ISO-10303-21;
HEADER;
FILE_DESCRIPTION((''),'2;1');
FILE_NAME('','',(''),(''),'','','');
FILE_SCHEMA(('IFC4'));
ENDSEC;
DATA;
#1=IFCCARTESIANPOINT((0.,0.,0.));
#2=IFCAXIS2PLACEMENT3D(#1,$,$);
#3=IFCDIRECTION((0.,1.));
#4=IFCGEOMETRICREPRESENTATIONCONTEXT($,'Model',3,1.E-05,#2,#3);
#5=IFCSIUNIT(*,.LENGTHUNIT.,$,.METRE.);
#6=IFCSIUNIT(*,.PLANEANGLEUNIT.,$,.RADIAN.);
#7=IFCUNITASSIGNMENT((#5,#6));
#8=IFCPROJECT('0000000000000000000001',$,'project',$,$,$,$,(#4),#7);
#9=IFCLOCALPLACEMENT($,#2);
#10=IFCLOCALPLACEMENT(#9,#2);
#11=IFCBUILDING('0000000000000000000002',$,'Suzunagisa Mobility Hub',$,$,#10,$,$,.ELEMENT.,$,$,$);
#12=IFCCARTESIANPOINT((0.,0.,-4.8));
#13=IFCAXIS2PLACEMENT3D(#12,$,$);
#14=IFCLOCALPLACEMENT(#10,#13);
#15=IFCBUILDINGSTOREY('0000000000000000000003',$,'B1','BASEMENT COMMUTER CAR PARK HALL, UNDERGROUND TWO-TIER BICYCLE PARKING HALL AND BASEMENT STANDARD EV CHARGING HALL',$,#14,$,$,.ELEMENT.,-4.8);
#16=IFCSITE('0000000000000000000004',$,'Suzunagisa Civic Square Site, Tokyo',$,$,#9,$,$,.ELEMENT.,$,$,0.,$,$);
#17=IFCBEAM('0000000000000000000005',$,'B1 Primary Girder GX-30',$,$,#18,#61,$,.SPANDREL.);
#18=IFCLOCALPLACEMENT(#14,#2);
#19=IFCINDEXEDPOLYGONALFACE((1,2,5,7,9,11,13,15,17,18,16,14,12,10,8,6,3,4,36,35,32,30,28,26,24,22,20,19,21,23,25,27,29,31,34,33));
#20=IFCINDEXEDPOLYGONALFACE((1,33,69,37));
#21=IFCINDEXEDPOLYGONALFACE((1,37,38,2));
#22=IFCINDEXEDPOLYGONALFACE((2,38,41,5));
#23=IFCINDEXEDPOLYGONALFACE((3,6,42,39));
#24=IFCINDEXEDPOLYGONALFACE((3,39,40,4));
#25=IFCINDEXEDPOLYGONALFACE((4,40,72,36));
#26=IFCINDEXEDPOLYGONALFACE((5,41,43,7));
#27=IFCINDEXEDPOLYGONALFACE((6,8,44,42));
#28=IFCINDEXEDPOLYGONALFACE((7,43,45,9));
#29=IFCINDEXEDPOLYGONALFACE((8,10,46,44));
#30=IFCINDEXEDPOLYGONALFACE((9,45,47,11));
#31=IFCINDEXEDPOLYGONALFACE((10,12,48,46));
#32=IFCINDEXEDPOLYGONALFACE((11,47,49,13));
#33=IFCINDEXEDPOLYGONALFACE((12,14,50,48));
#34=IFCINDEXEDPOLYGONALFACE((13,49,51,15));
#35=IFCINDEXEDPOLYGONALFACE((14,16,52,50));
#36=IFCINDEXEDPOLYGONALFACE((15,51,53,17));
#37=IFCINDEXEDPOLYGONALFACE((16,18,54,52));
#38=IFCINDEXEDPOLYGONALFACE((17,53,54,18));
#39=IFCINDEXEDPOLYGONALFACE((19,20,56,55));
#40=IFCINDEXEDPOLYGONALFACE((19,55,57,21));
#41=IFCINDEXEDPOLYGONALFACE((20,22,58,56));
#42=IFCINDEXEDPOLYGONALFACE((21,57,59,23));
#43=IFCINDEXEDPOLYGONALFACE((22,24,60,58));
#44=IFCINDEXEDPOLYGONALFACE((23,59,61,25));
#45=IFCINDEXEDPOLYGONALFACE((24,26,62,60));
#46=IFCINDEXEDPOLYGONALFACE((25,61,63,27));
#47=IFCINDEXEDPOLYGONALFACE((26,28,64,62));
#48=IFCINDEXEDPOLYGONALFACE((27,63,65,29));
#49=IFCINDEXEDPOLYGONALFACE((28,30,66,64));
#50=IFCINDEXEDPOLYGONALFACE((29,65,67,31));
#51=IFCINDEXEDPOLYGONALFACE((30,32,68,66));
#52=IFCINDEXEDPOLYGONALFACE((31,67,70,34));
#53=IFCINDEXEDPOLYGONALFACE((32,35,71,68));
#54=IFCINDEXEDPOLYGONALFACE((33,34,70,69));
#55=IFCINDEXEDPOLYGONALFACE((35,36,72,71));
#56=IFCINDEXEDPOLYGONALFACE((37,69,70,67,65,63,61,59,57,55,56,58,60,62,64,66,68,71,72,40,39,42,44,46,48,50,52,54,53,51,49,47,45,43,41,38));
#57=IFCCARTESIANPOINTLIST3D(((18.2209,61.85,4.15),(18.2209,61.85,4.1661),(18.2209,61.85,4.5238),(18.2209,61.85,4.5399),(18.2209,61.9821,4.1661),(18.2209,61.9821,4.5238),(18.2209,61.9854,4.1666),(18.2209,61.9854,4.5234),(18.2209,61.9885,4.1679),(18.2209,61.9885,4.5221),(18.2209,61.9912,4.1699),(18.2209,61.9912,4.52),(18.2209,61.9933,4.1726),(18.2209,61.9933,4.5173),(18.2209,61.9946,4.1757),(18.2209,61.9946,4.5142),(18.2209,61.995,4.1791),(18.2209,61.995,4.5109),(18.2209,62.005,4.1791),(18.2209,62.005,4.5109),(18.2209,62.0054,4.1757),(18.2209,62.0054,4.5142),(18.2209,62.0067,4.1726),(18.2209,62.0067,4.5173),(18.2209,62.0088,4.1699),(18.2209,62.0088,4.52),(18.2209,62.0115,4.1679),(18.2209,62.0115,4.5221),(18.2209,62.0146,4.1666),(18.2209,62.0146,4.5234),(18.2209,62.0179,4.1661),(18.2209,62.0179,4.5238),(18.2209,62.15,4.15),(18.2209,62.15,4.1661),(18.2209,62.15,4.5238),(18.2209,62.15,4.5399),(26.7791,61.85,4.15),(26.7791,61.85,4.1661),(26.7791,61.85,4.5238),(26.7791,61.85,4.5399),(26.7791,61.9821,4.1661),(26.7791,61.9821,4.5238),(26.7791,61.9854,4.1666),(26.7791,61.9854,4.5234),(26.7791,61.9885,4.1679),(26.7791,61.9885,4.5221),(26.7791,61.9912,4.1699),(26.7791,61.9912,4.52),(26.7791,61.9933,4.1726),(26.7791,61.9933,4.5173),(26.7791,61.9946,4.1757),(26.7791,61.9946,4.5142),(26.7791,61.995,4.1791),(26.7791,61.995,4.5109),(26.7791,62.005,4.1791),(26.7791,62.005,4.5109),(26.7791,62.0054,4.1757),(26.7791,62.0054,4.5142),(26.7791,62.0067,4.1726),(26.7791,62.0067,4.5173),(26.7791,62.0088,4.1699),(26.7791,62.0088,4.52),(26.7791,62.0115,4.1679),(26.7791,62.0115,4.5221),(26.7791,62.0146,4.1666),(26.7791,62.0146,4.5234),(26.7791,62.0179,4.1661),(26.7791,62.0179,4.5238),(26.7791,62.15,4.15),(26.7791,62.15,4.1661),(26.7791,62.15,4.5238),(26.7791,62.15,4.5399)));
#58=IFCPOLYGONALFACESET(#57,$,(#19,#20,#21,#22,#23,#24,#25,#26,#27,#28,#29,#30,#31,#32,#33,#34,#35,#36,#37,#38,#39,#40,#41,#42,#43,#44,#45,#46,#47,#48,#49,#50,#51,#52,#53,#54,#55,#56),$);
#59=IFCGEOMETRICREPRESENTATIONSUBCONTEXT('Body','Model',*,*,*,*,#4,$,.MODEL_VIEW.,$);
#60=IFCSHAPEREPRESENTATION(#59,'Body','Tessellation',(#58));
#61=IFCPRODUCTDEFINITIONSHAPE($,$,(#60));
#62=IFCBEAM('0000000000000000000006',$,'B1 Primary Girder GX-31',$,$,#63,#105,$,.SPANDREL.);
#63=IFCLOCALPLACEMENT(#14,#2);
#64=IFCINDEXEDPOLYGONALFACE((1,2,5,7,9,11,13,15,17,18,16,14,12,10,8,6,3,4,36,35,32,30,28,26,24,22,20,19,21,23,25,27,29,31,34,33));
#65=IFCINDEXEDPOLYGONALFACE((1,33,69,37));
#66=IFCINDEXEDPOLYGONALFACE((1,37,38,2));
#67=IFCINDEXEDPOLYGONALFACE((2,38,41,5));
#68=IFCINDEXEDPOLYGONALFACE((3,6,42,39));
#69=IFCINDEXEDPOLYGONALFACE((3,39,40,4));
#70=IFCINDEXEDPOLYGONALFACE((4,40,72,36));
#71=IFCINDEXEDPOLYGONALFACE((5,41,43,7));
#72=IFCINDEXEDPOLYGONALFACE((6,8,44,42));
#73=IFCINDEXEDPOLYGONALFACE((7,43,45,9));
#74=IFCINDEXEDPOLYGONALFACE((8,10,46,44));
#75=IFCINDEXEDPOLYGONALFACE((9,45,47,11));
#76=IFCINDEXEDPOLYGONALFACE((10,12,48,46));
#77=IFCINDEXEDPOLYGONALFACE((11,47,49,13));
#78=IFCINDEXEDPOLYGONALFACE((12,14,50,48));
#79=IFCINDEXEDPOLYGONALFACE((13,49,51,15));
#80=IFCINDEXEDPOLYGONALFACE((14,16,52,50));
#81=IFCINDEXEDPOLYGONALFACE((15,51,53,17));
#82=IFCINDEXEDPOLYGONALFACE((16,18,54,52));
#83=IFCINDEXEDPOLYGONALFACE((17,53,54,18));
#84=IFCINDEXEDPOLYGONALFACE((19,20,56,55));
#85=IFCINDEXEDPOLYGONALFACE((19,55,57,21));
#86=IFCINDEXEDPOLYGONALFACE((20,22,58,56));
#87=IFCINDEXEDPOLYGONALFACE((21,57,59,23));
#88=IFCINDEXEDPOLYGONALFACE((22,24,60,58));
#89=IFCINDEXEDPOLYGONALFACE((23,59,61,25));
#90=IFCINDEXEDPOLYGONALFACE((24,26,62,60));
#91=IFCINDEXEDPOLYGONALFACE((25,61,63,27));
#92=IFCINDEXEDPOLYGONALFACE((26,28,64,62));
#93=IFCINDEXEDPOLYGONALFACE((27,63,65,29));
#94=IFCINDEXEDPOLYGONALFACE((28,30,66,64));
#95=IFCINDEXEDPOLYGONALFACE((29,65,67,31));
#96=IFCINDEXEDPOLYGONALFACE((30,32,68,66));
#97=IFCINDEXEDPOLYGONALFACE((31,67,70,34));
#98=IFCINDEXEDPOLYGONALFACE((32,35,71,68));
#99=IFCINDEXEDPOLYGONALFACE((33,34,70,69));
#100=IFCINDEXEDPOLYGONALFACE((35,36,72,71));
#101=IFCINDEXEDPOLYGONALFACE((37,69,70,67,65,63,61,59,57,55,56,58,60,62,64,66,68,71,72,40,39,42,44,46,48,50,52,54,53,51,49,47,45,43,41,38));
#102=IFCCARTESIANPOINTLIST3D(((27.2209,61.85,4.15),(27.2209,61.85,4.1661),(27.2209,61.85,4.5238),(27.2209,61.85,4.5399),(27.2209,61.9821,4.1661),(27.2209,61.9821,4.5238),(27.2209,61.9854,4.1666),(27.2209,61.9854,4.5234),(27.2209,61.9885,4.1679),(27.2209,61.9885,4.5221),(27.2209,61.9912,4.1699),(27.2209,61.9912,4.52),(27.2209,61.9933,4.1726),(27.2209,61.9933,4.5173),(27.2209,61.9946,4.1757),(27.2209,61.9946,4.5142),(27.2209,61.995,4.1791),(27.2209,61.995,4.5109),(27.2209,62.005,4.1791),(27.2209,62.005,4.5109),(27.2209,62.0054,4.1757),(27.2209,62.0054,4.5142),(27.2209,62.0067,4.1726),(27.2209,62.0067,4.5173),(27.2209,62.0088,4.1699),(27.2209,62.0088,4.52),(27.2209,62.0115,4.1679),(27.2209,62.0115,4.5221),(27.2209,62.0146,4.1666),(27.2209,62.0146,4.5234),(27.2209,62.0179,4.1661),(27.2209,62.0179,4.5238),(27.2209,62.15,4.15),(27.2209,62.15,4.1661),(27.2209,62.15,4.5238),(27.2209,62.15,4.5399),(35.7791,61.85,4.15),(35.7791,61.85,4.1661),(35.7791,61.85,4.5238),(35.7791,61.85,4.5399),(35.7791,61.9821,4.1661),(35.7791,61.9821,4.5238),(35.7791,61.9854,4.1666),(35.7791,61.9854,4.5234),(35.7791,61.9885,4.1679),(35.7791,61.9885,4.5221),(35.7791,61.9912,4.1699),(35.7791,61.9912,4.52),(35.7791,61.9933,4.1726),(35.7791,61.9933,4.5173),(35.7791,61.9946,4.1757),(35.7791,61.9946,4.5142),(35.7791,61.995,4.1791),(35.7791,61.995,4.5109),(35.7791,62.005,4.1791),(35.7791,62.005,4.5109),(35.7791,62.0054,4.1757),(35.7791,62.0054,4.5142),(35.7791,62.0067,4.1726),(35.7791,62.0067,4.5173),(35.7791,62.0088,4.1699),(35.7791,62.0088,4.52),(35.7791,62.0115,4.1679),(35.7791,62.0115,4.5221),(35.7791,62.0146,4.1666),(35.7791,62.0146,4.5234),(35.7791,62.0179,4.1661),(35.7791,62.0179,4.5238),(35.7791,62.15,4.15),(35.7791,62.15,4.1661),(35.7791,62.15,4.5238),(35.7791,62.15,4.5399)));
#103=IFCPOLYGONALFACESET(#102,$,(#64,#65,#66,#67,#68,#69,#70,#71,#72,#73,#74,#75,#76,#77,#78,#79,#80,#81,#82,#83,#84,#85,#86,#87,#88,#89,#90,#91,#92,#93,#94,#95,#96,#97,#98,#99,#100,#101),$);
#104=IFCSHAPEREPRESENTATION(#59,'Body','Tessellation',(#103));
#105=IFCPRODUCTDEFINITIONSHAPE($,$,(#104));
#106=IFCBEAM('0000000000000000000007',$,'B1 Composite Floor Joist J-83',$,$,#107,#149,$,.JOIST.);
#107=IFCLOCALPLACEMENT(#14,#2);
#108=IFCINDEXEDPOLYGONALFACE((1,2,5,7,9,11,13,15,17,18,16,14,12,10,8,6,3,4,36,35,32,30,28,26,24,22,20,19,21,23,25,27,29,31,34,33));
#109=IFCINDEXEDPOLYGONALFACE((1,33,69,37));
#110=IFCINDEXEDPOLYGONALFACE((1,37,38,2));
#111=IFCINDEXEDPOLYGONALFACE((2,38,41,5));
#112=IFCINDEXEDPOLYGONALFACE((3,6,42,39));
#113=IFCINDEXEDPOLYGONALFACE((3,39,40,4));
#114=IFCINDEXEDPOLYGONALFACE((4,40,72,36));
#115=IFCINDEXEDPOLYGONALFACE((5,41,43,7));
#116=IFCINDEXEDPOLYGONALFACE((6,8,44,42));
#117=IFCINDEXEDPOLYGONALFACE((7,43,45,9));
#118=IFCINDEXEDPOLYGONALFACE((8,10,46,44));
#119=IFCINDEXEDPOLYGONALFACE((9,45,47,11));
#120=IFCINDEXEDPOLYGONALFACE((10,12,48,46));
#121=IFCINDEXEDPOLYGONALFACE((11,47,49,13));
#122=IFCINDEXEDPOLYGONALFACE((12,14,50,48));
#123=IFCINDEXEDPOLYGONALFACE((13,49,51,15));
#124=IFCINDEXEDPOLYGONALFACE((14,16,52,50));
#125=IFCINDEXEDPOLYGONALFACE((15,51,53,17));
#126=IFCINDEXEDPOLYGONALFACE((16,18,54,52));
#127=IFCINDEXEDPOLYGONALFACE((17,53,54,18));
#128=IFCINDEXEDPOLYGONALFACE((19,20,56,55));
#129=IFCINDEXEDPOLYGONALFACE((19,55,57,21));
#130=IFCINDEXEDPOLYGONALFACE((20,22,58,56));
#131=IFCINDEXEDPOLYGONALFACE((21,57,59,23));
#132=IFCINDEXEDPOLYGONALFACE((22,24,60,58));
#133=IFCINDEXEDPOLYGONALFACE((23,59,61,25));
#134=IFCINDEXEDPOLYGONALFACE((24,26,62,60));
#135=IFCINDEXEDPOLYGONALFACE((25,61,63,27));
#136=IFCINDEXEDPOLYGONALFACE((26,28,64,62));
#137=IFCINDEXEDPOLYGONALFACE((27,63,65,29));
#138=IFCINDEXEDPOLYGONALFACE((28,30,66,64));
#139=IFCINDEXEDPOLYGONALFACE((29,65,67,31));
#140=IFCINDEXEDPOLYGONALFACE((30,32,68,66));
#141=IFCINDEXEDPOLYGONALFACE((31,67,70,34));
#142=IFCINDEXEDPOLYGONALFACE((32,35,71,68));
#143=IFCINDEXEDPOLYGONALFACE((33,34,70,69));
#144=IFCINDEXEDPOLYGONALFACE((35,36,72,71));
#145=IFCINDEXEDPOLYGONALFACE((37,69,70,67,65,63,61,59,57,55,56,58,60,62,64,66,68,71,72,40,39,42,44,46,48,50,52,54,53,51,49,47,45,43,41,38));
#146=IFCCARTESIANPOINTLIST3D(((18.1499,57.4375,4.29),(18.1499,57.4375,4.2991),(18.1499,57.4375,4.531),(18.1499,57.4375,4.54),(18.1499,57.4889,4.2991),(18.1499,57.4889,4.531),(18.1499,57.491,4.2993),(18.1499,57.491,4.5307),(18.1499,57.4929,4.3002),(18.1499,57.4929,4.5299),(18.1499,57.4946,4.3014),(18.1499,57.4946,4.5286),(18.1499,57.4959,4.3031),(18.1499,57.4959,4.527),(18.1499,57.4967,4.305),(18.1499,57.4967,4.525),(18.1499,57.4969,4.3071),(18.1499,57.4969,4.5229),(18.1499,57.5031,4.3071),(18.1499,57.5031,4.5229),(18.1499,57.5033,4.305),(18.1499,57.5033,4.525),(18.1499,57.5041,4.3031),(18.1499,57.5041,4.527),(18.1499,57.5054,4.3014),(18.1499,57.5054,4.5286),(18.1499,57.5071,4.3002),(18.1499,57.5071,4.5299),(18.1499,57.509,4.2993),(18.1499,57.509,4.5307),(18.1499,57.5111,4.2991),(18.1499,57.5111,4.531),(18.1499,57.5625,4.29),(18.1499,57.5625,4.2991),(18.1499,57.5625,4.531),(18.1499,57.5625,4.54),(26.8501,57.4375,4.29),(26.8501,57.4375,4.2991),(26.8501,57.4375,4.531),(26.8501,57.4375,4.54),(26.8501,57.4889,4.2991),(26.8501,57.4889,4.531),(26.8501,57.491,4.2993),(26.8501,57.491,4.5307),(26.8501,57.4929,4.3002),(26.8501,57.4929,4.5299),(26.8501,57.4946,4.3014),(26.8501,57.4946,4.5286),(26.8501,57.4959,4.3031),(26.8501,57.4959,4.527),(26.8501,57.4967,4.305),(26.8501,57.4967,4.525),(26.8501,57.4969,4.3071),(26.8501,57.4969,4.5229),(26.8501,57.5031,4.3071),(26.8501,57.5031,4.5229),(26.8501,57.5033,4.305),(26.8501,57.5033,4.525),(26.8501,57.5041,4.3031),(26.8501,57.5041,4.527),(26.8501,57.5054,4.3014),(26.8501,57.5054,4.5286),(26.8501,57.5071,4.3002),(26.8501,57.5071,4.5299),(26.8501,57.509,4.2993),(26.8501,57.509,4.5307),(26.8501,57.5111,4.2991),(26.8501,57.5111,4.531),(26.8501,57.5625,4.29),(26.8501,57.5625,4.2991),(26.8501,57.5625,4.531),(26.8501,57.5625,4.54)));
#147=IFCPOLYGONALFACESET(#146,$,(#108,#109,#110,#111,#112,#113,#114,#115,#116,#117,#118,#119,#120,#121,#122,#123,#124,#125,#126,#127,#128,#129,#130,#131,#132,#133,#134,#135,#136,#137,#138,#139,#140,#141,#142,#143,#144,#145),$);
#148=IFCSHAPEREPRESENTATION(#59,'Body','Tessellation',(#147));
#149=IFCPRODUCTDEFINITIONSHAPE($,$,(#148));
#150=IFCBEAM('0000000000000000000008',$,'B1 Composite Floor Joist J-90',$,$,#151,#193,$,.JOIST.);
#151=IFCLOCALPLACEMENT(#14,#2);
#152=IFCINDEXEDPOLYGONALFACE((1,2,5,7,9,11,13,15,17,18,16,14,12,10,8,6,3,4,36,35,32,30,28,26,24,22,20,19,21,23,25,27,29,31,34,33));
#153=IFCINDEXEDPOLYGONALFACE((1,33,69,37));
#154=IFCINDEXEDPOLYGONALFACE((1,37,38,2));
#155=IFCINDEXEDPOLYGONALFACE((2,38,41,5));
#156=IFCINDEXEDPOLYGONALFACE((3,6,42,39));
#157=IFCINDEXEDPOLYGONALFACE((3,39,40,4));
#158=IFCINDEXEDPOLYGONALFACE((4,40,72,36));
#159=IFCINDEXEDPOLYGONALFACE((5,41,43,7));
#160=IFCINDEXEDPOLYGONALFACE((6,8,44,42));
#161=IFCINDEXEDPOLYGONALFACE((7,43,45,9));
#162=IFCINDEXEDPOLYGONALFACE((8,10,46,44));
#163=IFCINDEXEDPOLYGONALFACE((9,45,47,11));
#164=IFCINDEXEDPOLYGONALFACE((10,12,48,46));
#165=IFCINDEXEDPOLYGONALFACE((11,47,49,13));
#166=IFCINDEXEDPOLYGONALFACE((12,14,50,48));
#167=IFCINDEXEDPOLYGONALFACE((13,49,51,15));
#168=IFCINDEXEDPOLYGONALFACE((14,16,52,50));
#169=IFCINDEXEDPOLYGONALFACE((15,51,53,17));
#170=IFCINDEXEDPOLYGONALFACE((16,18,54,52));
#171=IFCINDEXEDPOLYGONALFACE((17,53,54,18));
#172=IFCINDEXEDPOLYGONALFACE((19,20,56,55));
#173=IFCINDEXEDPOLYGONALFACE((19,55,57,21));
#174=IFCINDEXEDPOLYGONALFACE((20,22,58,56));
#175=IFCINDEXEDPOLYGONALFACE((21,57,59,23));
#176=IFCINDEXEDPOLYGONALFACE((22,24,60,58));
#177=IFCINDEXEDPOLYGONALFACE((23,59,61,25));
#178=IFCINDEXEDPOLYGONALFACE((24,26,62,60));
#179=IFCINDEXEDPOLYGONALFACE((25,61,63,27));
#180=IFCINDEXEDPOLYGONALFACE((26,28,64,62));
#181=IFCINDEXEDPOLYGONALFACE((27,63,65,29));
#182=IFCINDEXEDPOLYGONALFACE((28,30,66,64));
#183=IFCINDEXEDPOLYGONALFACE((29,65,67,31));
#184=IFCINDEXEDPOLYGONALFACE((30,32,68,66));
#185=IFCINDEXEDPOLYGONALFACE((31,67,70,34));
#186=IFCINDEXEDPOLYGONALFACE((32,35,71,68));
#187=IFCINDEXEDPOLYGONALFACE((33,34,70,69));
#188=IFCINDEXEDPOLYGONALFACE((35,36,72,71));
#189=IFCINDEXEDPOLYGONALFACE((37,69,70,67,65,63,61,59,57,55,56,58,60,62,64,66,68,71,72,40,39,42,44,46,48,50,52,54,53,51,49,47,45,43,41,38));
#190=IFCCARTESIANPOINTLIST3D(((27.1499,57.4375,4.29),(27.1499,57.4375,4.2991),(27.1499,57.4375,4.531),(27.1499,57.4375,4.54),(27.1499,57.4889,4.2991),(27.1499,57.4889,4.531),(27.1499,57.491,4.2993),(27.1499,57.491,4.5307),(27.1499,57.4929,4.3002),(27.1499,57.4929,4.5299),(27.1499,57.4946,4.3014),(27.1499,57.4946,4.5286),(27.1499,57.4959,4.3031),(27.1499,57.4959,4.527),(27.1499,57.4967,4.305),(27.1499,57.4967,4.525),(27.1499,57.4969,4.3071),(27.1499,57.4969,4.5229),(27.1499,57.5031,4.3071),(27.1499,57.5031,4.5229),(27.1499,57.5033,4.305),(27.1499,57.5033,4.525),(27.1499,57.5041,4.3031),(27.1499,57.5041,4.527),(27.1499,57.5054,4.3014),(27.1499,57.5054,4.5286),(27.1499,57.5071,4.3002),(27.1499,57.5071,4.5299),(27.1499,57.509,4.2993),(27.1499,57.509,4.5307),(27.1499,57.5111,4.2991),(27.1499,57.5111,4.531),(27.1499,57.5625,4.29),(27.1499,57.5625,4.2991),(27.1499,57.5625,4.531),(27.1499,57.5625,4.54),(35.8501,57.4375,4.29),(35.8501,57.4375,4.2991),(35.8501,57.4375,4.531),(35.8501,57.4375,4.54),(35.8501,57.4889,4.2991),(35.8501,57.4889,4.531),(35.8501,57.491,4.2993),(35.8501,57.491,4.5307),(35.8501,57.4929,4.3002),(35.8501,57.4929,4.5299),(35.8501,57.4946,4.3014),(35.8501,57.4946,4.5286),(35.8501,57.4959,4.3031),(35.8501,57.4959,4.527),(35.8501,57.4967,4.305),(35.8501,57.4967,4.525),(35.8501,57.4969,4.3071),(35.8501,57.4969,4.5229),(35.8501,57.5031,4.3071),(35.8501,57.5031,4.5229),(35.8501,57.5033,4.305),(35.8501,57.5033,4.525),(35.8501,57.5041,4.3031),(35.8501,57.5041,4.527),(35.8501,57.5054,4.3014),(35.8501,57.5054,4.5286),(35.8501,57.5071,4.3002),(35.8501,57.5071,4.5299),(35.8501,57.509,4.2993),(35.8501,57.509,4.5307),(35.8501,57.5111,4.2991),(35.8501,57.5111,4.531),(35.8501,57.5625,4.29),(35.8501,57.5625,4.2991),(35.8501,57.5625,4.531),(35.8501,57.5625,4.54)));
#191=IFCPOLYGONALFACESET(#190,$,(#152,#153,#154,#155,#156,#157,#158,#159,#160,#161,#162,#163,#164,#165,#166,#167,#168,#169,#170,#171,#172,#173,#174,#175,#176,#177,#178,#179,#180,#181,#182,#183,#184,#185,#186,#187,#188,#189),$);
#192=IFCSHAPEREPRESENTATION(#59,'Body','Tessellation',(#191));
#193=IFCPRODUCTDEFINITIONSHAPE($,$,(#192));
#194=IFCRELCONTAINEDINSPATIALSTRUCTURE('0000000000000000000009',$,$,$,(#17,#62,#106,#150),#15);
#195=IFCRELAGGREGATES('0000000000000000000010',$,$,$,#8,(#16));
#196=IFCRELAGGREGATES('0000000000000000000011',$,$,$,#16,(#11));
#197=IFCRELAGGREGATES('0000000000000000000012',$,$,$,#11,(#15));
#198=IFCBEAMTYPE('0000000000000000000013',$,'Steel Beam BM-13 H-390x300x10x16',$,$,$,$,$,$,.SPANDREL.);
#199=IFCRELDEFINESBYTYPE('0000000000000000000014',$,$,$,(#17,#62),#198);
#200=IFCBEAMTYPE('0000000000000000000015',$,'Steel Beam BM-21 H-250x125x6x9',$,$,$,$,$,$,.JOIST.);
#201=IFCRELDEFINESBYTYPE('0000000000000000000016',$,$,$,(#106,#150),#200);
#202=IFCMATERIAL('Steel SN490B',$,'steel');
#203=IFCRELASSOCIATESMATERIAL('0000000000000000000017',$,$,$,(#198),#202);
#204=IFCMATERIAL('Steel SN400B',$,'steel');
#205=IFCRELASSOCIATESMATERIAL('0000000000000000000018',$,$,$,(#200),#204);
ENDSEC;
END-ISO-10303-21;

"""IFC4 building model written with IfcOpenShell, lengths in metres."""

from ifc_helpers import new_model, si_unit, direction, frame, origin, origin_2d, place, context, subcontext, project, spatial, i_section, extrude, material, material_profile, profile_set, type_object, element, save


model = new_model("IFC4")

# Units and contexts
model_context = context("Model", 3, precision=1e-05, world=origin(), true_north=direction((0.0, 1.0)))
body_context = subcontext(model_context, "Body", "Model", "MODEL_VIEW")
ifc_project = project(units=[si_unit("LENGTHUNIT", "METRE"), si_unit("PLANEANGLEUNIT", "RADIAN")], contexts=[model_context])

# Site, building, storey
site_placement = place(None, origin())
site = spatial("IfcSite", under=ifc_project, at=site_placement, Name="Suzunagisa Civic Square Site, Tokyo", CompositionType="ELEMENT", RefElevation=0.0)
building_placement = place(site_placement, origin())
building = spatial("IfcBuilding", under=site, at=building_placement, Name="Suzunagisa Mobility Hub", CompositionType="ELEMENT")
storey_placement = place(building_placement, frame((0.0, 0.0, -4.8)))
storey = spatial("IfcBuildingStorey", under=building, at=storey_placement, Name="B1", Description="BASEMENT COMMUTER CAR PARK HALL, UNDERGROUND TWO-TIER BICYCLE PARKING HALL AND BASEMENT STANDARD EV CHARGING HALL", CompositionType="ELEMENT", Elevation=-4.8)

# Shared definitions
ifc_material_1 = material(Name="Steel SN490B", Category="steel")

# Beams
ifc_material_profile_1 = material_profile(ifc_material_1, i_section(OverallWidth=0.3, OverallDepth=0.3899, WebThickness=0.01, FlangeThickness=0.0161, FilletRadius=0.0129, at=origin_2d()), Name="H-390x300x10x16")
ifc_profile_set_1 = profile_set([ifc_material_profile_1], Name="Steel SN490B")
beam_type_1 = type_object("IfcBeamType", Name="Steel Beam BM-13 H-390x300x10x16", PredefinedType="SPANDREL", material=ifc_profile_set_1)
for number, where, z_axis, x_axis, name in (
    (1, (18.2209, 62.0, 4.345), (1.0, 0.0, 0.0), (0.0, 1.0, 0.0), "B1 Primary Girder GX-30"),
    (2, (27.2209, 62.0, 4.345), (1.0, 0.0, 0.0), (0.0, 1.0, 0.0), "B1 Primary Girder GX-31"),
):
    element("IfcBeam", number, at=place(storey_placement, frame(where, z_axis=z_axis, x_axis=x_axis)), inside=storey, type_object=beam_type_1, Name=name, PredefinedType="SPANDREL", context=body_context, shape_type="SweptSolid", body=[
        extrude(i_section(OverallWidth=0.3, OverallDepth=0.3899, WebThickness=0.01, FlangeThickness=0.0161, FilletRadius=0.0129, at=origin_2d()), origin(), (0.0, 0.0, 1.0), 8.5581),
    ])
ifc_material_2 = material(Name="Steel SN400B", Category="steel")
ifc_material_profile_2 = material_profile(ifc_material_2, i_section(OverallWidth=0.125, OverallDepth=0.25, WebThickness=0.0061, FlangeThickness=0.009, FilletRadius=0.0081, at=origin_2d()), Name="H-250x125x6x9")
ifc_profile_set_2 = profile_set([ifc_material_profile_2], Name="Steel SN400B")
beam_type_2 = type_object("IfcBeamType", Name="Steel Beam BM-21 H-250x125x6x9", PredefinedType="JOIST", material=ifc_profile_set_2)
for number, where, z_axis, x_axis, name in (
    (3, (18.1499, 57.5, 4.415), (1.0, 0.0, 0.0), (0.0, 1.0, 0.0), "B1 Composite Floor Joist J-83"),
    (4, (27.1499, 57.5, 4.415), (1.0, 0.0, 0.0), (0.0, 1.0, 0.0), "B1 Composite Floor Joist J-90"),
):
    element("IfcBeam", number, at=place(storey_placement, frame(where, z_axis=z_axis, x_axis=x_axis)), inside=storey, type_object=beam_type_2, Name=name, PredefinedType="JOIST", context=body_context, shape_type="SweptSolid", body=[
        extrude(i_section(OverallWidth=0.125, OverallDepth=0.25, WebThickness=0.0061, FlangeThickness=0.009, FilletRadius=0.0081, at=origin_2d()), origin(), (0.0, 0.0, 1.0), 8.7002),
    ])

save(model, "model.ifc")
